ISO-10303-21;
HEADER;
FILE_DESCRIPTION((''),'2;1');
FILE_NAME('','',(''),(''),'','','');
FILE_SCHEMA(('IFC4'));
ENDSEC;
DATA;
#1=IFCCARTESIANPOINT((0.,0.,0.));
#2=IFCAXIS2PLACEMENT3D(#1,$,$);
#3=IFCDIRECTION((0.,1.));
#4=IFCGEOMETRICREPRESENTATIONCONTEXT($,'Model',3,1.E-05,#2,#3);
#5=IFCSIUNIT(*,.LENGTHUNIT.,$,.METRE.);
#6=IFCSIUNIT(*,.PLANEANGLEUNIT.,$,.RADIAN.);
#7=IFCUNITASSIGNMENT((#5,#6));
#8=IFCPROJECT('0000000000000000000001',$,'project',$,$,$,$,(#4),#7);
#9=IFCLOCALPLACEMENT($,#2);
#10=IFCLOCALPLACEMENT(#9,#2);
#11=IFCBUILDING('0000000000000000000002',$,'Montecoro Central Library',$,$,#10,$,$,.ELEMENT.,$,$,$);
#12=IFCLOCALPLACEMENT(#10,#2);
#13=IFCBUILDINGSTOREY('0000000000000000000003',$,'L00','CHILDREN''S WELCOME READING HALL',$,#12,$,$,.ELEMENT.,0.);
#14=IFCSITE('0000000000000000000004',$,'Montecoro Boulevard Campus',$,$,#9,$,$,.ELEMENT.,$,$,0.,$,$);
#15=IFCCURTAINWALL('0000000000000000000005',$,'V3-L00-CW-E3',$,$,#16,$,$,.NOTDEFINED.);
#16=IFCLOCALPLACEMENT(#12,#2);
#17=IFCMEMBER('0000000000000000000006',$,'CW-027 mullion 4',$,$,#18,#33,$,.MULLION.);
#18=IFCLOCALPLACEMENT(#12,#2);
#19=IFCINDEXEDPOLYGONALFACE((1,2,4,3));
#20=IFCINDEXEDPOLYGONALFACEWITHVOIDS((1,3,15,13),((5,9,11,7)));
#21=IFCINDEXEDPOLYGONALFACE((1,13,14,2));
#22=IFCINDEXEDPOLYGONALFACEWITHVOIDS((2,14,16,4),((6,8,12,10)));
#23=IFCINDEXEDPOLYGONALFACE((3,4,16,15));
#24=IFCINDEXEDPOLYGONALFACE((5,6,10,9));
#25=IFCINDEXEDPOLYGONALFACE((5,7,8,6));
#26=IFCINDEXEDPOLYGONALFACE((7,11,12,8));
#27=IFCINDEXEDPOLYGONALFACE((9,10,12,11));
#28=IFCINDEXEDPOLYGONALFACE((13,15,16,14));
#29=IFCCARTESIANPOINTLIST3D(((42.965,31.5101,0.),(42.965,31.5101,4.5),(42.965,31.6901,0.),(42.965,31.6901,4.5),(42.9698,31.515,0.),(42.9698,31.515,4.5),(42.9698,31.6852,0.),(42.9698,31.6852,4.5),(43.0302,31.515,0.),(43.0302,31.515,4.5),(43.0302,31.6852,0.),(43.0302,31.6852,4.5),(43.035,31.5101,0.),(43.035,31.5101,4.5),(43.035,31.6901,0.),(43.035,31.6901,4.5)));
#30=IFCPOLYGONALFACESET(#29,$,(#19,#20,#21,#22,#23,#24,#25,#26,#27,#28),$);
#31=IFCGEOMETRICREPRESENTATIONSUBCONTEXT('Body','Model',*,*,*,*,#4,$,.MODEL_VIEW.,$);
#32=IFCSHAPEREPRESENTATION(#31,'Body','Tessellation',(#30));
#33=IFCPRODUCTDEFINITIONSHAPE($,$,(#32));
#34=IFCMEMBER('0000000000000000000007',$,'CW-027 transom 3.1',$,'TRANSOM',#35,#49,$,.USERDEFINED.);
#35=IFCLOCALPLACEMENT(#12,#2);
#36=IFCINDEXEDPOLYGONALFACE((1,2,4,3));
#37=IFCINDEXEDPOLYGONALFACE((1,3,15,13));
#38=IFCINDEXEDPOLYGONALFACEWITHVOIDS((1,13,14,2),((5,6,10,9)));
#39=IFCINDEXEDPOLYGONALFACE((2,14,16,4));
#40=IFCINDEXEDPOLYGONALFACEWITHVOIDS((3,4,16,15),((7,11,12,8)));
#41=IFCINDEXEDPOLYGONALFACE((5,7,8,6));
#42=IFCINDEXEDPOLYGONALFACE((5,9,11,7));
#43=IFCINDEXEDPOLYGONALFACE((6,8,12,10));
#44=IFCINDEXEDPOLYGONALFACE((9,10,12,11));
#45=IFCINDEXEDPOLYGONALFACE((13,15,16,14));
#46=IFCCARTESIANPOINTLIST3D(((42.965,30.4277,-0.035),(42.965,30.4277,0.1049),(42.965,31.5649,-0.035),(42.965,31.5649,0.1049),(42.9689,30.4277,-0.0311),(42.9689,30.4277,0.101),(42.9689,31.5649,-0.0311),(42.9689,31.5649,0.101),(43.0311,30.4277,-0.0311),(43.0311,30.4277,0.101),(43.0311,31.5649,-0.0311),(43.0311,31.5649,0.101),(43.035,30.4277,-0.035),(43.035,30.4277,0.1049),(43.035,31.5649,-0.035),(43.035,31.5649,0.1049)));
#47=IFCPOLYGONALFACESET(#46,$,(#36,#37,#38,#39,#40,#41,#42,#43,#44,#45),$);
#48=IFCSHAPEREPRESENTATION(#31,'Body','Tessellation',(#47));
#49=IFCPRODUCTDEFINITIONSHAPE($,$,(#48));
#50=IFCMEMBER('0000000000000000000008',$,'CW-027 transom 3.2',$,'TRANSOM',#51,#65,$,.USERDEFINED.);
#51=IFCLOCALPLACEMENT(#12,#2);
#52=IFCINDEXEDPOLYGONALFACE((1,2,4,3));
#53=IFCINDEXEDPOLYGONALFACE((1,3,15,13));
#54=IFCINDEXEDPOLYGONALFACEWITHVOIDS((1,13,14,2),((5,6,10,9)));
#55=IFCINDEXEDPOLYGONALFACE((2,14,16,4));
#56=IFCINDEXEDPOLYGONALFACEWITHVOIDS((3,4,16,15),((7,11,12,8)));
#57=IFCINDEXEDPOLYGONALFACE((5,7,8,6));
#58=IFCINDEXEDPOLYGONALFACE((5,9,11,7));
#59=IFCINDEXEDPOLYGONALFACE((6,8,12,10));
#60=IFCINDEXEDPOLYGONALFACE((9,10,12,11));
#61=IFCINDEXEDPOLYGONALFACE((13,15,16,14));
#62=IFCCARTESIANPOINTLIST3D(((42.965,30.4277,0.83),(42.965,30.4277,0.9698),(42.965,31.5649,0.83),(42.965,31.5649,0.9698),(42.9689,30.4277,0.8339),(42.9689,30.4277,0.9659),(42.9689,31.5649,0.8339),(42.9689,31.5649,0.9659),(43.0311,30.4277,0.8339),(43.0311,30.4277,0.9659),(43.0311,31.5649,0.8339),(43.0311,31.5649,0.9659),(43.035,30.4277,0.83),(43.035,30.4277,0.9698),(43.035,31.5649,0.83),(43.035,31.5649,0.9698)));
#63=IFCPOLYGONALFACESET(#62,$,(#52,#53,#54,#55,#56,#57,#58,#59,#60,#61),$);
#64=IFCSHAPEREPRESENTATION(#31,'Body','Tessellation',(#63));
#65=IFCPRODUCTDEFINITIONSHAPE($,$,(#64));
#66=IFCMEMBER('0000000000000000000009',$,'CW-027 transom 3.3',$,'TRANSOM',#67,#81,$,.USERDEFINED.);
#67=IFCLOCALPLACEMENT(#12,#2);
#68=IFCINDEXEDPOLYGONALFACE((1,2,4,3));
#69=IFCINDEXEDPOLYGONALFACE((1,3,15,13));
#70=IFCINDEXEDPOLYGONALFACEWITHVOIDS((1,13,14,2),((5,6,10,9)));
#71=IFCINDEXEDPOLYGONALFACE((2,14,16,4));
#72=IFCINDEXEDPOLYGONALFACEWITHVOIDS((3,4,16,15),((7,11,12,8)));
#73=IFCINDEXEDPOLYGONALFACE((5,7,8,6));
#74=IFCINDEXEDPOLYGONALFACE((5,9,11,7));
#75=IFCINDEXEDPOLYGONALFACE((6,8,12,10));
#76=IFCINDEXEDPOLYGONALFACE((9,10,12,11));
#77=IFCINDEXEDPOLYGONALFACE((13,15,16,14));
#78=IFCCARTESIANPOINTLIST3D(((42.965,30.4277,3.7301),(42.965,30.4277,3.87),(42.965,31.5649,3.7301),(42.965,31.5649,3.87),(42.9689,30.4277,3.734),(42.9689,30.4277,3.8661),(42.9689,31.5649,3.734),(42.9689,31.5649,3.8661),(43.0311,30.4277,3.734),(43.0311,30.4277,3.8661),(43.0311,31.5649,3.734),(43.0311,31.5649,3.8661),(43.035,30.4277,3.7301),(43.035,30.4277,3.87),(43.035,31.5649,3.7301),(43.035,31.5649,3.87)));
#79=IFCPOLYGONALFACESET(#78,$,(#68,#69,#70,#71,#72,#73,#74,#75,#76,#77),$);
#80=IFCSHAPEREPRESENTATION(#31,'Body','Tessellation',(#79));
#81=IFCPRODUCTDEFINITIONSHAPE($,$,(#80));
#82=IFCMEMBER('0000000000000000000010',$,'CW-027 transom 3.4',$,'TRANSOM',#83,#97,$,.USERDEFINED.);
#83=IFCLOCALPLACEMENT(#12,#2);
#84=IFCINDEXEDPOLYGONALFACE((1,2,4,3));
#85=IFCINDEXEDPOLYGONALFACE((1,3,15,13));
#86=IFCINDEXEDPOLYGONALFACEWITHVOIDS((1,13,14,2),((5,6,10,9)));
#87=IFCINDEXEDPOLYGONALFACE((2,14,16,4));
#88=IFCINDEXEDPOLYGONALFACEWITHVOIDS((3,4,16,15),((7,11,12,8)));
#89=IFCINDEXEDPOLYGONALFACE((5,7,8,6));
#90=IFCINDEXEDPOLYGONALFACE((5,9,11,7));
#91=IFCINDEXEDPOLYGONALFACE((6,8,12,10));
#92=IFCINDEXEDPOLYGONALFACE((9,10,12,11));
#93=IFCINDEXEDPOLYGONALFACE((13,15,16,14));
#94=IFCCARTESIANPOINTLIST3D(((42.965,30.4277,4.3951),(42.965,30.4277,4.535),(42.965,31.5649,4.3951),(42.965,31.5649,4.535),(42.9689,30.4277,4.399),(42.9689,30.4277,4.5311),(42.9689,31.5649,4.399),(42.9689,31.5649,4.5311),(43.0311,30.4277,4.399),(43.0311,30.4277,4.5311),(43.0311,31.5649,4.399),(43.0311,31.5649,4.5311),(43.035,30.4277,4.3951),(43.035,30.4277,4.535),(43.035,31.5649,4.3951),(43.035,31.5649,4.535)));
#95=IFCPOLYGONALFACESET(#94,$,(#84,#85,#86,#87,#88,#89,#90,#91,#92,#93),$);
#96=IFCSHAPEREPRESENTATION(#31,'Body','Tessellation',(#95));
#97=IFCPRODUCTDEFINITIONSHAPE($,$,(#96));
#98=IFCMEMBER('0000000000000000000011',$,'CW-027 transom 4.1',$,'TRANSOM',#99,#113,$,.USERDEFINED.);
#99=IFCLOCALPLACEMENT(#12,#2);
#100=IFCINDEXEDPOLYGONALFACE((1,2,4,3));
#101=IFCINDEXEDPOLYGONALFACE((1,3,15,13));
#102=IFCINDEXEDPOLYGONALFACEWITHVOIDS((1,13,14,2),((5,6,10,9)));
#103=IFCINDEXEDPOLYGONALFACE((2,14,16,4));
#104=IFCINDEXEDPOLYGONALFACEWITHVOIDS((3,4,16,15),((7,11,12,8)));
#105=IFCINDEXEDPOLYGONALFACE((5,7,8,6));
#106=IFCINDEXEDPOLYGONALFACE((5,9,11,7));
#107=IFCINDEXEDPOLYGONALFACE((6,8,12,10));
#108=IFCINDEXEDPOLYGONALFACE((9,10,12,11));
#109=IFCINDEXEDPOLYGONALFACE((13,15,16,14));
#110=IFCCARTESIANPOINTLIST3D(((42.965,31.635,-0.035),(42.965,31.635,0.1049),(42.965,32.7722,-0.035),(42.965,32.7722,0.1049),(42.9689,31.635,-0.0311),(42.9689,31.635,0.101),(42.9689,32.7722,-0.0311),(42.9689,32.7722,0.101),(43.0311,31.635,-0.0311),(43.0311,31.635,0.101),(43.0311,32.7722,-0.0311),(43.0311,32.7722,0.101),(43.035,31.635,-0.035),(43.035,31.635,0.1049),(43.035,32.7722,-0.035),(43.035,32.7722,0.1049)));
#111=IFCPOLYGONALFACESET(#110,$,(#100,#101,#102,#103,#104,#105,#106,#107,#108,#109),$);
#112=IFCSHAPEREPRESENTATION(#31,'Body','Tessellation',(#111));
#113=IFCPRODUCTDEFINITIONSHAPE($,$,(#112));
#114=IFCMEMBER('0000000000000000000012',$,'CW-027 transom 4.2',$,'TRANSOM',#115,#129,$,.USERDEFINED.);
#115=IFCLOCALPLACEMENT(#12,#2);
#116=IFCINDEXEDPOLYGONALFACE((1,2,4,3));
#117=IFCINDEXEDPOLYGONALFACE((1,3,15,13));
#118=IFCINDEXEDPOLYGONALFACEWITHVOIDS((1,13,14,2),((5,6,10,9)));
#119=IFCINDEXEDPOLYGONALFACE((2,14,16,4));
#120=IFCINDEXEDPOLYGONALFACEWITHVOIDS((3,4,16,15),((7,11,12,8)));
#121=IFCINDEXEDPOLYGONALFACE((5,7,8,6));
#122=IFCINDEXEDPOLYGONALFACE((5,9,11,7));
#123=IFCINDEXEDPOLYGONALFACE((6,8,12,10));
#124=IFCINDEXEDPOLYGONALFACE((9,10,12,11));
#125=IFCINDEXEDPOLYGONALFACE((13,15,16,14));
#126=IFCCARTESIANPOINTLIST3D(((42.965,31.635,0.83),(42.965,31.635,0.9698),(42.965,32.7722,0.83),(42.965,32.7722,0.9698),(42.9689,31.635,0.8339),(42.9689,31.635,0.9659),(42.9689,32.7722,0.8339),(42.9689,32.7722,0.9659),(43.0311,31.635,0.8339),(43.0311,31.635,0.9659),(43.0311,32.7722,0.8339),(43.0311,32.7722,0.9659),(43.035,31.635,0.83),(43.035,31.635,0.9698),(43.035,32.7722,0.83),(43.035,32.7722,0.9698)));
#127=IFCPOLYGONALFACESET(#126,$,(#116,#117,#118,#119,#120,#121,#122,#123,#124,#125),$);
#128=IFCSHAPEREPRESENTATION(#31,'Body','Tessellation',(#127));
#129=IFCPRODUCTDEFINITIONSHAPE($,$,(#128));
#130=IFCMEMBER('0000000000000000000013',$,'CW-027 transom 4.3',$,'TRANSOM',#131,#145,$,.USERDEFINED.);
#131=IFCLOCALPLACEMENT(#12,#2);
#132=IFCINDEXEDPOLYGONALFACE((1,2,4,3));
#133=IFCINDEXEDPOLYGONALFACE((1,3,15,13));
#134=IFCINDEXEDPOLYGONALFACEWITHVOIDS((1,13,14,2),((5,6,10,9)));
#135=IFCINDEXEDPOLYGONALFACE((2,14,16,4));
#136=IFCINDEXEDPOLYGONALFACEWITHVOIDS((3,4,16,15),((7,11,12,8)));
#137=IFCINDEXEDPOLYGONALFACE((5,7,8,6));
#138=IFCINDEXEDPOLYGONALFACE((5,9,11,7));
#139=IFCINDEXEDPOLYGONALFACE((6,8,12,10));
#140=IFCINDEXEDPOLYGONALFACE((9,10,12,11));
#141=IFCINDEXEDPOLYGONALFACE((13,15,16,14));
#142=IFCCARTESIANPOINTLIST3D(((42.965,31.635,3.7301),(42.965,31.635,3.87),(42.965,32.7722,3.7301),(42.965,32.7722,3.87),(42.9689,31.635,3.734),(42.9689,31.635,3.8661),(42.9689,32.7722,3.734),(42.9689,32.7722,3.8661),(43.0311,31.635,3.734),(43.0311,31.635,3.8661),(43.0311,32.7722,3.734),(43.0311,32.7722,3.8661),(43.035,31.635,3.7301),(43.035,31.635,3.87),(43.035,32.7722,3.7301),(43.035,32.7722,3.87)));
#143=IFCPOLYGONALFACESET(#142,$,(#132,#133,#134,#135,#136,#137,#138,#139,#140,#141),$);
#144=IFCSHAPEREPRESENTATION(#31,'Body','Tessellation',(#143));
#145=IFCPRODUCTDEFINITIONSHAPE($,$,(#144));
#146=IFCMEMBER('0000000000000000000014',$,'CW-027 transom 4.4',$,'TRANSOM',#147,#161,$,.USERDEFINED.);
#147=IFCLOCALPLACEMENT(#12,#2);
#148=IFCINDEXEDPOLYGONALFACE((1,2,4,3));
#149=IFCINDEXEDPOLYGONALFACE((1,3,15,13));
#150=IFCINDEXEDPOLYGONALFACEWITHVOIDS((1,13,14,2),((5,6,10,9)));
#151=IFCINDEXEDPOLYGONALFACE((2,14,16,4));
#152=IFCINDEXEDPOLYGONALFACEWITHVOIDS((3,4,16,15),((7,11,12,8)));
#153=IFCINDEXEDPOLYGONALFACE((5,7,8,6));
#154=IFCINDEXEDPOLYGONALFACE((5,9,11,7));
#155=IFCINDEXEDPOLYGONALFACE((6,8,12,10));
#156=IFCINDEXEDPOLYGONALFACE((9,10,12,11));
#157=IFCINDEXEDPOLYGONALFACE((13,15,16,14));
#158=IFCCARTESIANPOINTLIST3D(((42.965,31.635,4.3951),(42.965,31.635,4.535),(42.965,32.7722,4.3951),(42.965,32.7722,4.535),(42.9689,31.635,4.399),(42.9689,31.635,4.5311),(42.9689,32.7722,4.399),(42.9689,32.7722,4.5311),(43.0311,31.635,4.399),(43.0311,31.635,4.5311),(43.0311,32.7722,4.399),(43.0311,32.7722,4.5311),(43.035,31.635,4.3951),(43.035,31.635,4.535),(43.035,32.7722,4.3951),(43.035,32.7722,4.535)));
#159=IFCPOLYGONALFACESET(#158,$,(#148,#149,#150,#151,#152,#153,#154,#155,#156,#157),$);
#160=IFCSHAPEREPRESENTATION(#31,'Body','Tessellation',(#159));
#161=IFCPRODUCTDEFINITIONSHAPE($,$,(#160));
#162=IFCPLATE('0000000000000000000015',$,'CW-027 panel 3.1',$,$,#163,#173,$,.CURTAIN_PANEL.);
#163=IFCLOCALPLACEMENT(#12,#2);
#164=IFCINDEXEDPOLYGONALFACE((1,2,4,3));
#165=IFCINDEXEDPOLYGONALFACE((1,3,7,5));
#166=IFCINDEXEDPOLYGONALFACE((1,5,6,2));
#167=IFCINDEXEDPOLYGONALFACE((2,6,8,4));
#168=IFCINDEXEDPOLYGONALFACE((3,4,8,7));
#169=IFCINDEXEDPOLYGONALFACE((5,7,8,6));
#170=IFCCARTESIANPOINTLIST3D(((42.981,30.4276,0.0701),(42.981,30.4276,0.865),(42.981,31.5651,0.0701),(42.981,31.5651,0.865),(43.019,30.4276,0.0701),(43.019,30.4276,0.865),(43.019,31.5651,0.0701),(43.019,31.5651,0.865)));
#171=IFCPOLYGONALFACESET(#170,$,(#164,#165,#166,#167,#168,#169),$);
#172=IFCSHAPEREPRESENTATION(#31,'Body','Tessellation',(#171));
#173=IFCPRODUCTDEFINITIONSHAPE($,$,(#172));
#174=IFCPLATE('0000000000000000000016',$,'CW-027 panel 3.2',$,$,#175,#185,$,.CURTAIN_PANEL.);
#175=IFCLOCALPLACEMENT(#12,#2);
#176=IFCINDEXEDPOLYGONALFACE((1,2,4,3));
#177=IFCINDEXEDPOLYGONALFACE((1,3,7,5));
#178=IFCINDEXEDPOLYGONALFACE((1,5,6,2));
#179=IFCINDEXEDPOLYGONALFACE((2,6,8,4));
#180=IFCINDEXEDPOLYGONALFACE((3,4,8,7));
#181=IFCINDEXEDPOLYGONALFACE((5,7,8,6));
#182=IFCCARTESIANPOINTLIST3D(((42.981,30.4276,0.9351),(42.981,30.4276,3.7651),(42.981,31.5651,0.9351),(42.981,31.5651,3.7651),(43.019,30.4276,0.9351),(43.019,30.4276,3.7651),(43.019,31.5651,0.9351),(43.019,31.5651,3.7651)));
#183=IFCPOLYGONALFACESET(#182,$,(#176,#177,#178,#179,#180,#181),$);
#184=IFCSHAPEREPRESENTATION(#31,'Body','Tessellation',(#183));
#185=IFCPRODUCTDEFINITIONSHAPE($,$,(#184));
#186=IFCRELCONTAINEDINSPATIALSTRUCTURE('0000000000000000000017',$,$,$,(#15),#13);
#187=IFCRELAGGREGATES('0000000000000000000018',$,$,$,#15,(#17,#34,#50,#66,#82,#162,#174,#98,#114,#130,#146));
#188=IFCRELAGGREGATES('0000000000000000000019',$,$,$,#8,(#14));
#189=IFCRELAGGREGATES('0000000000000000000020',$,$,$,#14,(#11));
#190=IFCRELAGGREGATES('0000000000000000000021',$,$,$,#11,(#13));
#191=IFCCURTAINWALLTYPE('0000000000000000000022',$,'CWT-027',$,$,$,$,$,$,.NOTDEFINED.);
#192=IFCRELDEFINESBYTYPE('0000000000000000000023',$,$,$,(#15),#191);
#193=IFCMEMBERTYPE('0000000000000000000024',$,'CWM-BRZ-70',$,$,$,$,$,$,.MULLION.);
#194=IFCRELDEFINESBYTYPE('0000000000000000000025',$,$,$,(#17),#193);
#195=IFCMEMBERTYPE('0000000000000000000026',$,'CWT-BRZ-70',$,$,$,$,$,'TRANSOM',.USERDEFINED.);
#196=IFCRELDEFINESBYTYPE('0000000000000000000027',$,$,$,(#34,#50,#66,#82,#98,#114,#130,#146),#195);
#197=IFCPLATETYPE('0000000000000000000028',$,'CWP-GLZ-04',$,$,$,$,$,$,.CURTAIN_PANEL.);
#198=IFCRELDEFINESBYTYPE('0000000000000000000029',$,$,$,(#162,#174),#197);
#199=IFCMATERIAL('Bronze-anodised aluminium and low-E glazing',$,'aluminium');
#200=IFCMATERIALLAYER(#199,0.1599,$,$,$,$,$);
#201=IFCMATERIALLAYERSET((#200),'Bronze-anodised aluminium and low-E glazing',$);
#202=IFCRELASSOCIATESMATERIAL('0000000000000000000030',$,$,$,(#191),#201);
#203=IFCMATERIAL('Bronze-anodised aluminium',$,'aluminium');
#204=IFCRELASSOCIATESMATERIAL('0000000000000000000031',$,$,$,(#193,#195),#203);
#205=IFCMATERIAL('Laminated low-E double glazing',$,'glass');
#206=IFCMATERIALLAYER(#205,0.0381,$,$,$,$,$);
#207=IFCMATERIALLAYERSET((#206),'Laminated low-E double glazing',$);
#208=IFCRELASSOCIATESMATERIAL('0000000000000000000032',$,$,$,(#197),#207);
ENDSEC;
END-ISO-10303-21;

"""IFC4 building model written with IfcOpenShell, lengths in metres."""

from ifc_helpers import new_model, si_unit, direction, frame, origin, origin_2d, place, context, subcontext, project, spatial, rectangle, hollow_rectangle, extrude, material, layer, layer_set, material_profile, profile_set, type_object, element, aggregate, save


model = new_model("IFC4")

# Units and contexts
model_context = context("Model", 3, precision=1e-05, world=origin(), true_north=direction((0.0, 1.0)))
body_context = subcontext(model_context, "Body", "Model", "MODEL_VIEW")
ifc_project = project(units=[si_unit("LENGTHUNIT", "METRE"), si_unit("PLANEANGLEUNIT", "RADIAN")], contexts=[model_context])

# Site, building, storey
site_placement = place(None, origin())
site = spatial("IfcSite", under=ifc_project, at=site_placement, Name="Montecoro Boulevard Campus", CompositionType="ELEMENT", RefElevation=0.0)
building_placement = place(site_placement, origin())
building = spatial("IfcBuilding", under=site, at=building_placement, Name="Montecoro Central Library", CompositionType="ELEMENT")
storey_placement = place(building_placement, origin())
storey = spatial("IfcBuildingStorey", under=building, at=storey_placement, Name="L00", Description="CHILDREN'S WELCOME READING HALL", CompositionType="ELEMENT", Elevation=0.0)

# Curtain wall, members, plates
ifc_material_1 = material(Name="Bronze-anodised aluminium and low-E glazing", Category="aluminium")
ifc_layer_1 = layer(ifc_material_1, 0.1599)
ifc_layer_set_1 = layer_set([ifc_layer_1], Name="Bronze-anodised aluminium and low-E glazing")
curtain_wall_type = type_object("IfcCurtainWallType", Name="CWT-027", PredefinedType="NOTDEFINED", material=ifc_layer_set_1)
curtain_wall_placement = place(storey_placement, origin())
curtain_wall = element("IfcCurtainWall", 1, at=curtain_wall_placement, inside=storey, type_object=curtain_wall_type, Name="V3-L00-CW-E3", PredefinedType="NOTDEFINED")
ifc_material_2 = material(Name="Bronze-anodised aluminium", Category="aluminium")
ifc_material_profile_1 = material_profile(ifc_material_2, hollow_rectangle(XDim=0.0701, YDim=0.1799, WallThickness=0.0049, at=origin_2d()), Name="CWM 180x70x5.0")
ifc_profile_set_1 = profile_set([ifc_material_profile_1], Name="Bronze-anodised aluminium")
member_type_1 = type_object("IfcMemberType", Name="CWM-BRZ-70", PredefinedType="MULLION", material=ifc_profile_set_1)
member_1_placement = place(storey_placement, frame((43.0, 31.6001, 0.0), z_axis=(0.0, 0.0, 1.0), x_axis=(-1.0, 0.0, 0.0)))
member_1 = element("IfcMember", 2, at=member_1_placement, type_object=member_type_1, Name="CW-027 mullion 4", PredefinedType="MULLION", context=body_context, shape_type="SweptSolid", body=[
    extrude(hollow_rectangle(XDim=0.0701, YDim=0.1799, WallThickness=0.0049, at=origin_2d()), origin(), (0.0, 0.0, 1.0), 4.5),
])
ifc_material_profile_2 = material_profile(ifc_material_2, hollow_rectangle(XDim=0.0701, YDim=0.1399, WallThickness=0.0039, at=origin_2d()), Name="CWT 140x70x4.0")
ifc_profile_set_2 = profile_set([ifc_material_profile_2], Name="Bronze-anodised aluminium")
member_type_2 = type_object("IfcMemberType", Name="CWT-BRZ-70", ElementType="TRANSOM", PredefinedType="USERDEFINED", material=ifc_profile_set_2)
member_2_placement = place(storey_placement, frame((43.0, 30.4277, 0.0349), z_axis=(0.0, 1.0, 0.0), x_axis=(-1.0, 0.0, 0.0)))
member_2 = element("IfcMember", 3, at=member_2_placement, type_object=member_type_2, Name="CW-027 transom 3.1", ObjectType="TRANSOM", PredefinedType="USERDEFINED", context=body_context, shape_type="SweptSolid", body=[
    extrude(hollow_rectangle(XDim=0.0701, YDim=0.1399, WallThickness=0.0039, at=origin_2d()), origin(), (0.0, 0.0, 1.0), 1.1372),
])
member_3_placement = place(storey_placement, frame((43.0, 30.4277, 0.8999), z_axis=(0.0, 1.0, 0.0), x_axis=(-1.0, 0.0, 0.0)))
member_3 = element("IfcMember", 4, at=member_3_placement, type_object=member_type_2, Name="CW-027 transom 3.2", ObjectType="TRANSOM", PredefinedType="USERDEFINED", context=body_context, shape_type="SweptSolid", body=[
    extrude(hollow_rectangle(XDim=0.0701, YDim=0.1399, WallThickness=0.0039, at=origin_2d()), origin(), (0.0, 0.0, 1.0), 1.1372),
])
member_4_placement = place(storey_placement, frame((43.0, 30.4277, 3.8), z_axis=(0.0, 1.0, 0.0), x_axis=(-1.0, 0.0, 0.0)))
member_4 = element("IfcMember", 5, at=member_4_placement, type_object=member_type_2, Name="CW-027 transom 3.3", ObjectType="TRANSOM", PredefinedType="USERDEFINED", context=body_context, shape_type="SweptSolid", body=[
    extrude(hollow_rectangle(XDim=0.0701, YDim=0.1399, WallThickness=0.0039, at=origin_2d()), origin(), (0.0, 0.0, 1.0), 1.1372),
])
member_5_placement = place(storey_placement, frame((43.0, 30.4277, 4.4651), z_axis=(0.0, 1.0, 0.0), x_axis=(-1.0, 0.0, 0.0)))
member_5 = element("IfcMember", 6, at=member_5_placement, type_object=member_type_2, Name="CW-027 transom 3.4", ObjectType="TRANSOM", PredefinedType="USERDEFINED", context=body_context, shape_type="SweptSolid", body=[
    extrude(hollow_rectangle(XDim=0.0701, YDim=0.1399, WallThickness=0.0039, at=origin_2d()), origin(), (0.0, 0.0, 1.0), 1.1372),
])
member_6_placement = place(storey_placement, frame((43.0, 31.635, 0.0349), z_axis=(0.0, 1.0, 0.0), x_axis=(-1.0, 0.0, 0.0)))
member_6 = element("IfcMember", 7, at=member_6_placement, type_object=member_type_2, Name="CW-027 transom 4.1", ObjectType="TRANSOM", PredefinedType="USERDEFINED", context=body_context, shape_type="SweptSolid", body=[
    extrude(hollow_rectangle(XDim=0.0701, YDim=0.1399, WallThickness=0.0039, at=origin_2d()), origin(), (0.0, 0.0, 1.0), 1.1372),
])
member_7_placement = place(storey_placement, frame((43.0, 31.635, 0.8999), z_axis=(0.0, 1.0, 0.0), x_axis=(-1.0, 0.0, 0.0)))
member_7 = element("IfcMember", 8, at=member_7_placement, type_object=member_type_2, Name="CW-027 transom 4.2", ObjectType="TRANSOM", PredefinedType="USERDEFINED", context=body_context, shape_type="SweptSolid", body=[
    extrude(hollow_rectangle(XDim=0.0701, YDim=0.1399, WallThickness=0.0039, at=origin_2d()), origin(), (0.0, 0.0, 1.0), 1.1372),
])
member_8_placement = place(storey_placement, frame((43.0, 31.635, 3.8), z_axis=(0.0, 1.0, 0.0), x_axis=(-1.0, 0.0, 0.0)))
member_8 = element("IfcMember", 9, at=member_8_placement, type_object=member_type_2, Name="CW-027 transom 4.3", ObjectType="TRANSOM", PredefinedType="USERDEFINED", context=body_context, shape_type="SweptSolid", body=[
    extrude(hollow_rectangle(XDim=0.0701, YDim=0.1399, WallThickness=0.0039, at=origin_2d()), origin(), (0.0, 0.0, 1.0), 1.1372),
])
member_9_placement = place(storey_placement, frame((43.0, 31.635, 4.4651), z_axis=(0.0, 1.0, 0.0), x_axis=(-1.0, 0.0, 0.0)))
member_9 = element("IfcMember", 10, at=member_9_placement, type_object=member_type_2, Name="CW-027 transom 4.4", ObjectType="TRANSOM", PredefinedType="USERDEFINED", context=body_context, shape_type="SweptSolid", body=[
    extrude(hollow_rectangle(XDim=0.0701, YDim=0.1399, WallThickness=0.0039, at=origin_2d()), origin(), (0.0, 0.0, 1.0), 1.1372),
])
ifc_material_3 = material(Name="Laminated low-E double glazing", Category="glass")
ifc_layer_2 = layer(ifc_material_3, 0.0381)
ifc_layer_set_2 = layer_set([ifc_layer_2], Name="Laminated low-E double glazing")
plate_type_1 = type_object("IfcPlateType", Name="CWP-GLZ-04", PredefinedType="CURTAIN_PANEL", material=ifc_layer_set_2)
plate_1_placement = place(storey_placement, frame((43.0, 30.9963, 0.0701), z_axis=(0.0, 0.0, 1.0), x_axis=(0.0, 1.0, 0.0)))
plate_1 = element("IfcPlate", 11, at=plate_1_placement, type_object=plate_type_1, Name="CW-027 panel 3.1", PredefinedType="CURTAIN_PANEL", context=body_context, shape_type="SweptSolid", body=[
    extrude(rectangle(XDim=1.1375, YDim=0.0381, at=origin_2d()), origin(), (0.0, 0.0, 1.0), 0.7949),
])
plate_2_placement = place(storey_placement, frame((43.0, 30.9963, 0.9351), z_axis=(0.0, 0.0, 1.0), x_axis=(0.0, 1.0, 0.0)))
plate_2 = element("IfcPlate", 12, at=plate_2_placement, type_object=plate_type_1, Name="CW-027 panel 3.2", PredefinedType="CURTAIN_PANEL", context=body_context, shape_type="SweptSolid", body=[
    extrude(rectangle(XDim=1.1375, YDim=0.0381, at=origin_2d()), origin(), (0.0, 0.0, 1.0), 2.8301),
])
aggregate(curtain_wall, [member_1, member_2, member_3, member_4, member_5, plate_1, plate_2, member_6, member_7, member_8, member_9])

save(model, "model.ifc")
